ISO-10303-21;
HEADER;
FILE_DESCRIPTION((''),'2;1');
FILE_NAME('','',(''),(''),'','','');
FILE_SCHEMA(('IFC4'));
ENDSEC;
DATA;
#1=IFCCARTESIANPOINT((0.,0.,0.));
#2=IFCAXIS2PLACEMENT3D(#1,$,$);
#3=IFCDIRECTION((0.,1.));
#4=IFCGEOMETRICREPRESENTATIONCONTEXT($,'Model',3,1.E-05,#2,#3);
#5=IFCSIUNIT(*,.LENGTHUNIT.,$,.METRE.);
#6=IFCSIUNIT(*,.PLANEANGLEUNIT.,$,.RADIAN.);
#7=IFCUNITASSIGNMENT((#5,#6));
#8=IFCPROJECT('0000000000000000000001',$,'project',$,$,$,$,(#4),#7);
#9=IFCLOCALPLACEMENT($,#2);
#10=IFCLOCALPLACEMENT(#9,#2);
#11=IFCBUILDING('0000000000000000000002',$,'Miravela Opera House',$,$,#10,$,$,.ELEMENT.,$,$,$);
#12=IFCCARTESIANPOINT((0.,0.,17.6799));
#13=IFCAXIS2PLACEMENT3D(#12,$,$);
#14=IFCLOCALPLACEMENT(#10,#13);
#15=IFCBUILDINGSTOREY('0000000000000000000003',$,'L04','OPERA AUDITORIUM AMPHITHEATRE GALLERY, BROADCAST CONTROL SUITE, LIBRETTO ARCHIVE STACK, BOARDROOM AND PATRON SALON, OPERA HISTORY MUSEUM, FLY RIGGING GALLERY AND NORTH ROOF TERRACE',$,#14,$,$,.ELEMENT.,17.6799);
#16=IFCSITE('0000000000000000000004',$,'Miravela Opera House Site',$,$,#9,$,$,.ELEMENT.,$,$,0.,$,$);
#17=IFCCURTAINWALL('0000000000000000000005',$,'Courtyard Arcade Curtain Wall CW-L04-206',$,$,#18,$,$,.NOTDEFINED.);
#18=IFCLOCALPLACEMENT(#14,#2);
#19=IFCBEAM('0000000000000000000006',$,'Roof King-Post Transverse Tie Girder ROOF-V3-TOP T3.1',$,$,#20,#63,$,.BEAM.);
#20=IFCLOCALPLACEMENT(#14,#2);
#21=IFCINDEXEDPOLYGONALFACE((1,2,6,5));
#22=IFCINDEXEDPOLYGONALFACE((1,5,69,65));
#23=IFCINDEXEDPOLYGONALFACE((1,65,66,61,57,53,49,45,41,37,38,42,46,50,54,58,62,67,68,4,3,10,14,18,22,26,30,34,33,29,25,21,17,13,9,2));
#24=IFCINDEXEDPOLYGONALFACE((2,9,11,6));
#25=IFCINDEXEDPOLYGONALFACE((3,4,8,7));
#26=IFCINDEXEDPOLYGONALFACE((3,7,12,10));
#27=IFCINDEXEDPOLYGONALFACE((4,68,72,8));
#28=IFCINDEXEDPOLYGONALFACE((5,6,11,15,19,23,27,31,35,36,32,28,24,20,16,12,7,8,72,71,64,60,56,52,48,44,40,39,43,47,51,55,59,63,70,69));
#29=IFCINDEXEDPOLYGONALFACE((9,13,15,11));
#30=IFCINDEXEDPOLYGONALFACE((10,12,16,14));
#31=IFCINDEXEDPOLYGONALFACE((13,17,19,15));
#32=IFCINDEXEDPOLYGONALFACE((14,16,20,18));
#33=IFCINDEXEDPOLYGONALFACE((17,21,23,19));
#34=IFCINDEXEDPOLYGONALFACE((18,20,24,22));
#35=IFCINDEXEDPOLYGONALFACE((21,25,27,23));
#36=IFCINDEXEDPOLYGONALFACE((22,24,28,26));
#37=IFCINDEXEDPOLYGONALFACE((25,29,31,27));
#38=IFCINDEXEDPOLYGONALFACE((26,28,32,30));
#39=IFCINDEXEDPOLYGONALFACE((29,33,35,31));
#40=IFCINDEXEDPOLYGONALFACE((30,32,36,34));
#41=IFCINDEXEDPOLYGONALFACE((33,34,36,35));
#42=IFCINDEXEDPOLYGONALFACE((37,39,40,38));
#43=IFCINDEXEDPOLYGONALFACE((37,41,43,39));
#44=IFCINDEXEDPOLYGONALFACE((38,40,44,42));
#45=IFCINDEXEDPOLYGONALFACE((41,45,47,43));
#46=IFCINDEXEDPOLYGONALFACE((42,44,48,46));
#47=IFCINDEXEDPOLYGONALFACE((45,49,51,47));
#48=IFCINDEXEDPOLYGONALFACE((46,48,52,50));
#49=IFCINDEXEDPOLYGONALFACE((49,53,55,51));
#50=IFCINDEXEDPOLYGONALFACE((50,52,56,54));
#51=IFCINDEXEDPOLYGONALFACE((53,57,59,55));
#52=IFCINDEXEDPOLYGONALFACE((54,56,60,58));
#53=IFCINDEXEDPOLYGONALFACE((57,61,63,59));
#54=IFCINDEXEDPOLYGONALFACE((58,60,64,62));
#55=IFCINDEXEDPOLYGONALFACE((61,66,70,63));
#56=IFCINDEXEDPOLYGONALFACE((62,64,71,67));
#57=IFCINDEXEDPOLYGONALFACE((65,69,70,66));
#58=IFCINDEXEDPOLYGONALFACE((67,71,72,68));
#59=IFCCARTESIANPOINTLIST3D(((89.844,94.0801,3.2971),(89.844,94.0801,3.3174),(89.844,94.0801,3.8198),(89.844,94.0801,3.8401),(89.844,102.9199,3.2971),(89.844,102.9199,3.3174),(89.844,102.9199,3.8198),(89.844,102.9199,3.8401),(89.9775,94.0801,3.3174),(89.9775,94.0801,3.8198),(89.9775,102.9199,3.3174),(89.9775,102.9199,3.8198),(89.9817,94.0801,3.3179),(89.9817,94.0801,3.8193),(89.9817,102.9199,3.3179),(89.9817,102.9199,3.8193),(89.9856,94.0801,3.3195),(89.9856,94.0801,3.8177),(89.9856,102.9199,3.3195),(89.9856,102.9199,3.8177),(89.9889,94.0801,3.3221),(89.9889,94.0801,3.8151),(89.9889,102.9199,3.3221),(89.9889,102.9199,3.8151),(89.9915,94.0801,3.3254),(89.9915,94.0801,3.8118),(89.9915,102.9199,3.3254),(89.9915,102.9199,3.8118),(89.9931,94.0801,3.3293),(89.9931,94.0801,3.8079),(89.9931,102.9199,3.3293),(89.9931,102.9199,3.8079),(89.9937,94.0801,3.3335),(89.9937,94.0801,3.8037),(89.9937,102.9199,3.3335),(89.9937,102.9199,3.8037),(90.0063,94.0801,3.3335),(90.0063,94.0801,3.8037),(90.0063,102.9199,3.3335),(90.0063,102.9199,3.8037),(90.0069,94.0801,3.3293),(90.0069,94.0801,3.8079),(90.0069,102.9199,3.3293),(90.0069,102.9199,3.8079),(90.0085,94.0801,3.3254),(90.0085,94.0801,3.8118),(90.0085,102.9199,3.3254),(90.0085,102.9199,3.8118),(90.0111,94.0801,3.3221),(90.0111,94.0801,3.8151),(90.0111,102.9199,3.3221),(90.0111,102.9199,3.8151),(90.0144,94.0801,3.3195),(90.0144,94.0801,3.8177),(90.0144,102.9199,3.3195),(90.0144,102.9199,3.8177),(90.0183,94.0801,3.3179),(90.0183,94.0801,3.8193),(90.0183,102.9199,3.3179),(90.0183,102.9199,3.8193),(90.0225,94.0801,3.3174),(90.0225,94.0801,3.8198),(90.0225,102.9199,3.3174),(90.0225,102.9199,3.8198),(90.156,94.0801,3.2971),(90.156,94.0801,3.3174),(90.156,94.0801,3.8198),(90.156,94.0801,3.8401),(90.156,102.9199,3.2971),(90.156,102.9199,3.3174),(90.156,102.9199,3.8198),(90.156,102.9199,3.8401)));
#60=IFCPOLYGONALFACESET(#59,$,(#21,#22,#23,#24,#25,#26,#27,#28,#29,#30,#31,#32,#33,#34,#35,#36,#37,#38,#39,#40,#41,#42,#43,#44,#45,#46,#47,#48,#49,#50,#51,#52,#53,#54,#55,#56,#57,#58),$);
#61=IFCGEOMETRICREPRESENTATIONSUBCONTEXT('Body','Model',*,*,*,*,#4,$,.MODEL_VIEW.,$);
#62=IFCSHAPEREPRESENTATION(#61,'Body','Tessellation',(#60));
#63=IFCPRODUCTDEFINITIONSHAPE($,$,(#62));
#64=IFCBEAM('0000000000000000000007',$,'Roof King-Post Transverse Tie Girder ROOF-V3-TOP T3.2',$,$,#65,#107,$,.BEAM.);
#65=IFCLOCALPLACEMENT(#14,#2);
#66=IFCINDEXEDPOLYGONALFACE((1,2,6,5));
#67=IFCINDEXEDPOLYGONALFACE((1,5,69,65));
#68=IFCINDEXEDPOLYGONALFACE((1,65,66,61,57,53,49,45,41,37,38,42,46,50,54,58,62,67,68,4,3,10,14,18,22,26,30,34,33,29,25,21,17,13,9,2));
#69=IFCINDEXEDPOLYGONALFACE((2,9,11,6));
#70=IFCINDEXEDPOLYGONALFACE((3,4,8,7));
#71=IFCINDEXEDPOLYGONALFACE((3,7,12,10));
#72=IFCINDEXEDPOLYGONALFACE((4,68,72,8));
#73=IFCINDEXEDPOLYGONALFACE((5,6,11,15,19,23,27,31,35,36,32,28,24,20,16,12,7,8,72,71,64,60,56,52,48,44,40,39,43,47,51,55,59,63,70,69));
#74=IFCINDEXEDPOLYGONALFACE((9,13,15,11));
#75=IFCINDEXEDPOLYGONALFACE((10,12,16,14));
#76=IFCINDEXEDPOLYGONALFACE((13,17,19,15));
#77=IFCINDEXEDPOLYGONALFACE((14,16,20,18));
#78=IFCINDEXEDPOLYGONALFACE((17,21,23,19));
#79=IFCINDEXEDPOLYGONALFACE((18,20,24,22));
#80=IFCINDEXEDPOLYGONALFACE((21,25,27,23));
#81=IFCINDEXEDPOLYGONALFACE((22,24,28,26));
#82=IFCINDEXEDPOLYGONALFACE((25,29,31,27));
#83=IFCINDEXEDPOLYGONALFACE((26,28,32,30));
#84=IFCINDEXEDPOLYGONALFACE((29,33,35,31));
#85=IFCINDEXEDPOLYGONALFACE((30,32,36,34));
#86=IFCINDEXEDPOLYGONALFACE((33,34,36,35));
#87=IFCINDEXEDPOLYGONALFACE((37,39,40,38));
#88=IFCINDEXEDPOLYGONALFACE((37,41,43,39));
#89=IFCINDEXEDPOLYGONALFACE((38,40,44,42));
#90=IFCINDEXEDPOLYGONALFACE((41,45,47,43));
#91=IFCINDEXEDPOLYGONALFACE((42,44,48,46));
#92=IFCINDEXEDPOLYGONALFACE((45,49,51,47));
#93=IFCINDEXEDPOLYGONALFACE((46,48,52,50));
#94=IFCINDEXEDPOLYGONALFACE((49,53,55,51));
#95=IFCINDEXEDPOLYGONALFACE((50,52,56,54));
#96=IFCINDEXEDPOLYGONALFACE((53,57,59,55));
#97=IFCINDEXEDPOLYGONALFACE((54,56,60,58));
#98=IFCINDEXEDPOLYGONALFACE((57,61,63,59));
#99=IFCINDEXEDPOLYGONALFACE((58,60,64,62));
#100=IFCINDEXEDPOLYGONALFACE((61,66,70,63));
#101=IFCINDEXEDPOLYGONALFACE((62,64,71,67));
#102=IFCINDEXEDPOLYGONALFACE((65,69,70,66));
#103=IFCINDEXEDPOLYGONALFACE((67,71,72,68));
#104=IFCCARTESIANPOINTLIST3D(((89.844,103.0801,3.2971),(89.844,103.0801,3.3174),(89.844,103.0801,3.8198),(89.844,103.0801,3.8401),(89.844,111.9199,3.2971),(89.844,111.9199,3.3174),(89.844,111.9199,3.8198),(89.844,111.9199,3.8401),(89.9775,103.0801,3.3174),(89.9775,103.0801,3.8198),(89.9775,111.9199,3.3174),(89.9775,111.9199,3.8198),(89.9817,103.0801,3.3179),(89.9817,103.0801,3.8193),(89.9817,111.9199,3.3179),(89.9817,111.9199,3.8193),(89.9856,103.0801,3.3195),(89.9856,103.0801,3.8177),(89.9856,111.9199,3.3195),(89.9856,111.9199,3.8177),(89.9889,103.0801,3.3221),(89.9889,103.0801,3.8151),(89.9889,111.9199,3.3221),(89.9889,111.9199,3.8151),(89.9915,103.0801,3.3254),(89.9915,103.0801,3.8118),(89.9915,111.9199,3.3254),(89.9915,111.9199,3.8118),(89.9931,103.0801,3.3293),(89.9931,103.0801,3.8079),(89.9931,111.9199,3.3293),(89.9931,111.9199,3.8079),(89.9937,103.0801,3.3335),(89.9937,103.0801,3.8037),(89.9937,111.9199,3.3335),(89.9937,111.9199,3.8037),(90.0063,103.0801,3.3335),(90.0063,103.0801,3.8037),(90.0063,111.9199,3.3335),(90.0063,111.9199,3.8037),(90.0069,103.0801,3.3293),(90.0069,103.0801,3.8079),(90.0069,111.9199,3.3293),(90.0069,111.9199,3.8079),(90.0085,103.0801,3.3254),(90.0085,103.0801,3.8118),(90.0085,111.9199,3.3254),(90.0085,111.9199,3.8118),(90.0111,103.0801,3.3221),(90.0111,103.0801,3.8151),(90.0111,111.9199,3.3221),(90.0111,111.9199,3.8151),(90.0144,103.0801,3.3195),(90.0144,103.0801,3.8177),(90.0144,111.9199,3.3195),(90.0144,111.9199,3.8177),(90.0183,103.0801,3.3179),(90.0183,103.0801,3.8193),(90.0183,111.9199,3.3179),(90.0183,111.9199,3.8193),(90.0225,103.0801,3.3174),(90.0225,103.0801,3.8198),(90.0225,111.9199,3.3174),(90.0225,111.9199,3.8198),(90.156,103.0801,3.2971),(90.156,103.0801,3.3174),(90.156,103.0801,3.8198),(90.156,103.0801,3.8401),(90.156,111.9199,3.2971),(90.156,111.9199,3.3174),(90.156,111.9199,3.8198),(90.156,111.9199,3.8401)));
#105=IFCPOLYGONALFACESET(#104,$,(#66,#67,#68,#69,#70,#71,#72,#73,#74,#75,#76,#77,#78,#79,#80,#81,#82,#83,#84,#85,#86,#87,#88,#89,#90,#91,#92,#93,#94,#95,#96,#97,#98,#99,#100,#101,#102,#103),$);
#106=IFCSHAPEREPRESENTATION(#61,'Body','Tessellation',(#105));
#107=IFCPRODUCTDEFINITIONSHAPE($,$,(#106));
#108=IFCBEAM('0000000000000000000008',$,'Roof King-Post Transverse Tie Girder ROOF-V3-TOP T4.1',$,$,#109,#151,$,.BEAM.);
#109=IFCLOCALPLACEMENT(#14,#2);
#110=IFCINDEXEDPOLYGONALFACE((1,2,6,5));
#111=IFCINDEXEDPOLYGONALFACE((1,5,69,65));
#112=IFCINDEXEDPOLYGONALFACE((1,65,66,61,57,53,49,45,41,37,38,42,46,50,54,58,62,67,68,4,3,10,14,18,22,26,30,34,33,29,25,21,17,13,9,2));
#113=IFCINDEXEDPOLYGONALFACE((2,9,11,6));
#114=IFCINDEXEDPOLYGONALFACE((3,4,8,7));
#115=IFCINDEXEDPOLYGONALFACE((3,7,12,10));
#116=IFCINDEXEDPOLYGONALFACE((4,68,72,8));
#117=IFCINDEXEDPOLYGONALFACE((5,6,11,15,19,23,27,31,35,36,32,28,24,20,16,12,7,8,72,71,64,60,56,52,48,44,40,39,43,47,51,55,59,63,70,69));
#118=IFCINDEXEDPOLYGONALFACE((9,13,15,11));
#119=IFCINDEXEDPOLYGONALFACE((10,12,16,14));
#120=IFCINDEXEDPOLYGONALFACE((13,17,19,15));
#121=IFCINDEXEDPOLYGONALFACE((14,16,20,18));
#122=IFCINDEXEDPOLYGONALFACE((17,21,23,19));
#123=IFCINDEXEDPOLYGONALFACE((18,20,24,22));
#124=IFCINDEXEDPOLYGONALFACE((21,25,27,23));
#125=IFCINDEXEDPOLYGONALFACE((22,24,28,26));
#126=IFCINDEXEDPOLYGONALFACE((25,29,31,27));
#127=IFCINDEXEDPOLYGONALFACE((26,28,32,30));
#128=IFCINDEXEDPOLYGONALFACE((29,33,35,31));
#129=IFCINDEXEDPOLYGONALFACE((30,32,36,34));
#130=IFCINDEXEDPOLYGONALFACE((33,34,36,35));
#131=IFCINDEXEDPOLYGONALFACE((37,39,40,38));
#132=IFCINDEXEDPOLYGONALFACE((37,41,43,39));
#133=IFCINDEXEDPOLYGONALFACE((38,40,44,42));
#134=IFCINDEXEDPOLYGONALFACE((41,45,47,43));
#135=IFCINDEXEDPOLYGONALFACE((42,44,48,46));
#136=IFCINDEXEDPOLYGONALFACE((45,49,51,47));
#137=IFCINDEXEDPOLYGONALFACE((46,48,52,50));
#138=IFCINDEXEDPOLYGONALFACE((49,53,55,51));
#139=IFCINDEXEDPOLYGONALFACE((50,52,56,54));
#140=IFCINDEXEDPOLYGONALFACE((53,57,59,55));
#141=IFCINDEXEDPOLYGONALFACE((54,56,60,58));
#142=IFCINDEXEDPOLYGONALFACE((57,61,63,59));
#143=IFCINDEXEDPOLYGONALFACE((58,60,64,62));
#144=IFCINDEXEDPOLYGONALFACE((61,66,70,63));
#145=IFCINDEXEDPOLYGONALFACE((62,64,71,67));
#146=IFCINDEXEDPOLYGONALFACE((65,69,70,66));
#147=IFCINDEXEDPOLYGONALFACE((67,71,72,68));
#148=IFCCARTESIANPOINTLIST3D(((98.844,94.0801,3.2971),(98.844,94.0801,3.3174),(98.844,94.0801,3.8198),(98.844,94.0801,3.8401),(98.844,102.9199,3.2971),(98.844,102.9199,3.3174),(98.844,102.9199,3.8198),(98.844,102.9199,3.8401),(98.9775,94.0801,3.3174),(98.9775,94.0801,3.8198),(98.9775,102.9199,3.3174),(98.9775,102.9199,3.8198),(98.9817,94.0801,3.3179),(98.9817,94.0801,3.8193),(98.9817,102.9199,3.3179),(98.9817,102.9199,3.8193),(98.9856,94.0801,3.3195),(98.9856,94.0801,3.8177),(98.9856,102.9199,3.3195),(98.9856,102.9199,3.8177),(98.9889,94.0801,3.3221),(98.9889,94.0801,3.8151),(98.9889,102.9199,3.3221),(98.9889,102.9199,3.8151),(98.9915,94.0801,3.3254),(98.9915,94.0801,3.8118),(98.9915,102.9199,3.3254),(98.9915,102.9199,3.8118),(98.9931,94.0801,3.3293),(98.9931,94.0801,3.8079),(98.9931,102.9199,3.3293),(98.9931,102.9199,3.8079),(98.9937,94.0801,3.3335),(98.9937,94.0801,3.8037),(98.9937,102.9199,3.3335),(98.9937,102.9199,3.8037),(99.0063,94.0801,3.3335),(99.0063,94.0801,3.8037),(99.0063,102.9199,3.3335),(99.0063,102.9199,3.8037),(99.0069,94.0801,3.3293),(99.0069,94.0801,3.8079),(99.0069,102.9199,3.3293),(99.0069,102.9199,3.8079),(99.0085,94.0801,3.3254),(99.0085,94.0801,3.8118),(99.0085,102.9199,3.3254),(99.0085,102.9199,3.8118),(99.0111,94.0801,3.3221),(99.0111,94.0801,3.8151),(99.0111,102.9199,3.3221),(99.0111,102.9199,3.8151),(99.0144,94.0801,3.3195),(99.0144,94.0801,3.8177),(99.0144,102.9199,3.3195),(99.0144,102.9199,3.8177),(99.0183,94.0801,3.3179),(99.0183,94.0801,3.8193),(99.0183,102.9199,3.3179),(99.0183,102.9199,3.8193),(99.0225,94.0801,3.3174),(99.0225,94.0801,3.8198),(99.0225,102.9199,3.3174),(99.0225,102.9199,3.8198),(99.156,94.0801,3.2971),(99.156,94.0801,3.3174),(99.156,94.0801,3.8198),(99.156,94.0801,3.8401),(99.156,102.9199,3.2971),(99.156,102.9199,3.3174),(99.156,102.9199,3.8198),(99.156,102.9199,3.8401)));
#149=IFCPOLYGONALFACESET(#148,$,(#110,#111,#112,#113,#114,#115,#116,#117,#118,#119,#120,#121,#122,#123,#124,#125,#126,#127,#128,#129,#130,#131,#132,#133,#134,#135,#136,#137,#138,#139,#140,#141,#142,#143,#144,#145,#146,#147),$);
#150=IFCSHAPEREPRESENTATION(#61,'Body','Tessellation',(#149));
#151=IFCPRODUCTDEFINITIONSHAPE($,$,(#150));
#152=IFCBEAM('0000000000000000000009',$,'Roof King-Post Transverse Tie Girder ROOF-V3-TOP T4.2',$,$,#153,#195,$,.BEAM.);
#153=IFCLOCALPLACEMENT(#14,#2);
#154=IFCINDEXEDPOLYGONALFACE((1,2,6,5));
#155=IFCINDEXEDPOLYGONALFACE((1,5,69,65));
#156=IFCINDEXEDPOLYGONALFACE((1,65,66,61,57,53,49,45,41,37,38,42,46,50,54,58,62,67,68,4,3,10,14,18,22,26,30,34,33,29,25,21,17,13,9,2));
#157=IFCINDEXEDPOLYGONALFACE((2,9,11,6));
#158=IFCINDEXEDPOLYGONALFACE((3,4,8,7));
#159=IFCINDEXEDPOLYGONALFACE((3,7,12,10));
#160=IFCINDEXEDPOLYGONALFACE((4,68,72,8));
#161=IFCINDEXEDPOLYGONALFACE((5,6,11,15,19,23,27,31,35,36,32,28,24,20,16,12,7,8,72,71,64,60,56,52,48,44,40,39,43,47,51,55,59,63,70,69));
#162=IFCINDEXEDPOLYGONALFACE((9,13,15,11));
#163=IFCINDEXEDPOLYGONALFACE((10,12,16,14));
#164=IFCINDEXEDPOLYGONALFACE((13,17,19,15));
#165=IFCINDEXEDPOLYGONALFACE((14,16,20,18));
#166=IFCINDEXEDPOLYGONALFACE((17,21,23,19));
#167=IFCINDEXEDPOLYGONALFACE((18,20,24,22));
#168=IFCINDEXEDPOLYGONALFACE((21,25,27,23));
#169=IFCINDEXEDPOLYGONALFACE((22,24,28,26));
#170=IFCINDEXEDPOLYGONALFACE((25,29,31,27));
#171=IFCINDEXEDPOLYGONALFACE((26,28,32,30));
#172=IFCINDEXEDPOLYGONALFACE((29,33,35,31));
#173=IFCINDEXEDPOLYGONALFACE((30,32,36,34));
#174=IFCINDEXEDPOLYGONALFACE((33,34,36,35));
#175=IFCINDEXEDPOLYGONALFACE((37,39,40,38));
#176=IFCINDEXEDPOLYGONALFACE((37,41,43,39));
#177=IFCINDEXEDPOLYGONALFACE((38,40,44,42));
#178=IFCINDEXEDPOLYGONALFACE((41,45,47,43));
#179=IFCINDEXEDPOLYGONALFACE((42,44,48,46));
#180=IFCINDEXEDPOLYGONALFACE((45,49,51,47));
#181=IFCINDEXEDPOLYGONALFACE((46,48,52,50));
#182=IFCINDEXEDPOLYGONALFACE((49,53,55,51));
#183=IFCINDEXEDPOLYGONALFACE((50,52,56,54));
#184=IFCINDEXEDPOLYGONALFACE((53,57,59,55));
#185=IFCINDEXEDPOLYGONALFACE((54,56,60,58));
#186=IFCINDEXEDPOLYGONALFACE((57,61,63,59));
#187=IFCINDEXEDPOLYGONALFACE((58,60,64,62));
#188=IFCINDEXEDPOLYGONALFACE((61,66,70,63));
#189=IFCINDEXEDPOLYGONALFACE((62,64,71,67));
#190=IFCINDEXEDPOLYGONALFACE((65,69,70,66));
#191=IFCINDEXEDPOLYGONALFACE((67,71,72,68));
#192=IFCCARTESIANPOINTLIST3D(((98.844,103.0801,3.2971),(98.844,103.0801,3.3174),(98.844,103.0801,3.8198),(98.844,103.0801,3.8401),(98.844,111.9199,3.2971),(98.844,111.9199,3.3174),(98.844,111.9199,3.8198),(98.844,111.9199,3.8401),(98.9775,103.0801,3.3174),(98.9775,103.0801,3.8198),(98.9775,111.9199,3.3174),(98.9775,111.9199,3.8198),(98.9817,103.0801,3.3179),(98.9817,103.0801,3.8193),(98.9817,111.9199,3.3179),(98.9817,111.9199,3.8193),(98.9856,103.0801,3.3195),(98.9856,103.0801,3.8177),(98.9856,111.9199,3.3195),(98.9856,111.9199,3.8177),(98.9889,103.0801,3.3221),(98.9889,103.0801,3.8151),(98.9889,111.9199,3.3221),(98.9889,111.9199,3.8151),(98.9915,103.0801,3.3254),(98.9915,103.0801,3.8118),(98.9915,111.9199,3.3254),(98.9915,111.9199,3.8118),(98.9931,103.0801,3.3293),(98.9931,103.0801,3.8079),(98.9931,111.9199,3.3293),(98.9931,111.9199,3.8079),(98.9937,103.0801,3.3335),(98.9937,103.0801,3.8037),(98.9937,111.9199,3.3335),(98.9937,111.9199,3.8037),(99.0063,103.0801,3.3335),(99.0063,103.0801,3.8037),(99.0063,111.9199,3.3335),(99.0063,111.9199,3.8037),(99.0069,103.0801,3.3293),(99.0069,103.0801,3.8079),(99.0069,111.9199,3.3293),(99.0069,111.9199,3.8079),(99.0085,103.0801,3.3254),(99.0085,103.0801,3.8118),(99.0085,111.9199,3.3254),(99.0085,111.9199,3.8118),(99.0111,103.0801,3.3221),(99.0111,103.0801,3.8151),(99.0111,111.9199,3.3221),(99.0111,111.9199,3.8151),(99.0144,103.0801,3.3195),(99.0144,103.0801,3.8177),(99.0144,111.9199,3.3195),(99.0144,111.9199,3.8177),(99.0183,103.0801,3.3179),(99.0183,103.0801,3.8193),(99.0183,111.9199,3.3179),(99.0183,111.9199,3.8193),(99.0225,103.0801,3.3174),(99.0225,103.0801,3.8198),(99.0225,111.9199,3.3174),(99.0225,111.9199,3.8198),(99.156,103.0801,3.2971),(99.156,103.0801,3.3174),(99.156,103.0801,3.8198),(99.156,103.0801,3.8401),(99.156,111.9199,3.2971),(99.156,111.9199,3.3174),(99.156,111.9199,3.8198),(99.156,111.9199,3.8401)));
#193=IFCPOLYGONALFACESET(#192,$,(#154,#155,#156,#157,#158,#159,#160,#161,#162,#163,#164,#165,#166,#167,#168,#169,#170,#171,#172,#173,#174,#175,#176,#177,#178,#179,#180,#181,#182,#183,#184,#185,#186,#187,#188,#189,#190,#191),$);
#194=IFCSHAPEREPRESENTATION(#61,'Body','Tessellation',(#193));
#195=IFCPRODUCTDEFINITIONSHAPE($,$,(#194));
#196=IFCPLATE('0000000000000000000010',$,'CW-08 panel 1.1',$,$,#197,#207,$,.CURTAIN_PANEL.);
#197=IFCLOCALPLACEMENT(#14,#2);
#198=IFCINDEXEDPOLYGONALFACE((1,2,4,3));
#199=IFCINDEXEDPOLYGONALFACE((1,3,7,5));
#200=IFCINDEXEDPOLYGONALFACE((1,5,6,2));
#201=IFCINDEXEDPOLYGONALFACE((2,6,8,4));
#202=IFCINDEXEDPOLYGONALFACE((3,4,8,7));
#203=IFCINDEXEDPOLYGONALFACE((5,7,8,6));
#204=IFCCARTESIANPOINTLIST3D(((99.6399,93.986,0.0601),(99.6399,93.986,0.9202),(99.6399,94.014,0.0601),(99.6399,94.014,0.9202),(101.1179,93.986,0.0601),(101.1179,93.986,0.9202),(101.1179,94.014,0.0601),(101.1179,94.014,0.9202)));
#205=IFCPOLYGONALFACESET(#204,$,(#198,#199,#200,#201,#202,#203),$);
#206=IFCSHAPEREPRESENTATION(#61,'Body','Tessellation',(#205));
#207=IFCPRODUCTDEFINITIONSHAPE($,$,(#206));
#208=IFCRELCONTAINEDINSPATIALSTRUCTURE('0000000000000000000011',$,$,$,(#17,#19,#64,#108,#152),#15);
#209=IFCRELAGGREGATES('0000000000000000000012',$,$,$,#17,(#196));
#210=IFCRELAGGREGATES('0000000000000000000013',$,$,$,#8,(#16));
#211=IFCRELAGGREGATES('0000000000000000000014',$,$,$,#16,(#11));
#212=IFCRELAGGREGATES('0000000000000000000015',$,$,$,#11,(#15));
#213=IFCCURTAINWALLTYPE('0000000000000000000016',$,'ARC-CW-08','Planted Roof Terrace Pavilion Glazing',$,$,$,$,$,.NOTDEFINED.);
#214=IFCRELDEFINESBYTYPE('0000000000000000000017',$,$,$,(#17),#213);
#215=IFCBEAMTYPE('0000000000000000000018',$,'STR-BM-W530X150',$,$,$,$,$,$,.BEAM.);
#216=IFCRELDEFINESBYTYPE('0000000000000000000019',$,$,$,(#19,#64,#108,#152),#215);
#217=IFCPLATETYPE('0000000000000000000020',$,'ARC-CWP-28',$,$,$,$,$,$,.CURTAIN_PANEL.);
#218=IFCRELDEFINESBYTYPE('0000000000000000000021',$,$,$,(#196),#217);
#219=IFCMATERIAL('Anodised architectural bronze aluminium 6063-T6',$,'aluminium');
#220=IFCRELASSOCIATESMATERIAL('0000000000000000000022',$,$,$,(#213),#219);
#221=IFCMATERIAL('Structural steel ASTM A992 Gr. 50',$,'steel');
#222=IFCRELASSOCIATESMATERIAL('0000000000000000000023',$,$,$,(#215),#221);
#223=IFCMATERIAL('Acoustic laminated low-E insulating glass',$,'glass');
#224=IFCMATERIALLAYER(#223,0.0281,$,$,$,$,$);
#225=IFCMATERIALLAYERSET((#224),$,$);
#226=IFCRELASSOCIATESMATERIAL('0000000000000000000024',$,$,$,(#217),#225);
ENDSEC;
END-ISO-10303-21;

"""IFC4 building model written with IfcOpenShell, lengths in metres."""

from ifc_helpers import new_model, si_unit, direction, frame, origin, origin_2d, place, context, subcontext, project, spatial, rectangle, i_section, extrude, material, layer, layer_set, material_profile, profile_set, type_object, element, aggregate, save


model = new_model("IFC4")

# Units and contexts
model_context = context("Model", 3, precision=1e-05, world=origin(), true_north=direction((0.0, 1.0)))
body_context = subcontext(model_context, "Body", "Model", "MODEL_VIEW")
ifc_project = project(units=[si_unit("LENGTHUNIT", "METRE"), si_unit("PLANEANGLEUNIT", "RADIAN")], contexts=[model_context])

# Site, building, storey
site_placement = place(None, origin())
site = spatial("IfcSite", under=ifc_project, at=site_placement, Name="Miravela Opera House Site", CompositionType="ELEMENT", RefElevation=0.0)
building_placement = place(site_placement, origin())
building = spatial("IfcBuilding", under=site, at=building_placement, Name="Miravela Opera House", CompositionType="ELEMENT")
storey_placement = place(building_placement, frame((0.0, 0.0, 17.6799)))
storey = spatial("IfcBuildingStorey", under=building, at=storey_placement, Name="L04", Description="OPERA AUDITORIUM AMPHITHEATRE GALLERY, BROADCAST CONTROL SUITE, LIBRETTO ARCHIVE STACK, BOARDROOM AND PATRON SALON, OPERA HISTORY MUSEUM, FLY RIGGING GALLERY AND NORTH ROOF TERRACE", CompositionType="ELEMENT", Elevation=17.6799)

# Curtain wall
ifc_material_1 = material(Name="Anodised architectural bronze aluminium 6063-T6", Category="aluminium")
curtain_wall_type = type_object("IfcCurtainWallType", Name="ARC-CW-08", Description="Planted Roof Terrace Pavilion Glazing", PredefinedType="NOTDEFINED", material=ifc_material_1)
curtain_wall_placement = place(storey_placement, origin())
curtain_wall = element("IfcCurtainWall", 1, at=curtain_wall_placement, inside=storey, type_object=curtain_wall_type, Name="Courtyard Arcade Curtain Wall CW-L04-206", PredefinedType="NOTDEFINED")

# Beams
ifc_material_2 = material(Name="Structural steel ASTM A992 Gr. 50", Category="steel")
ifc_material_profile_1 = material_profile(ifc_material_2, i_section(OverallWidth=0.312, OverallDepth=0.543, WebThickness=0.0127, FlangeThickness=0.0203, FilletRadius=0.0161, at=origin_2d()), Name="W530X150")
ifc_profile_set_1 = profile_set([ifc_material_profile_1])
beam_type = type_object("IfcBeamType", Name="STR-BM-W530X150", PredefinedType="BEAM", material=ifc_profile_set_1)
for number, where, z_axis, x_axis, name in (
    (2, (90.0, 94.0801, 3.5686), (0.0, 1.0, 0.0), (-1.0, 0.0, 0.0), "Roof King-Post Transverse Tie Girder ROOF-V3-TOP T3.1"),
    (3, (90.0, 103.0801, 3.5686), (0.0, 1.0, 0.0), (-1.0, 0.0, 0.0), "Roof King-Post Transverse Tie Girder ROOF-V3-TOP T3.2"),
    (4, (99.0, 94.0801, 3.5686), (0.0, 1.0, 0.0), (-1.0, 0.0, 0.0), "Roof King-Post Transverse Tie Girder ROOF-V3-TOP T4.1"),
    (5, (99.0, 103.0801, 3.5686), (0.0, 1.0, 0.0), (-1.0, 0.0, 0.0), "Roof King-Post Transverse Tie Girder ROOF-V3-TOP T4.2"),
):
    element("IfcBeam", number, at=place(storey_placement, frame(where, z_axis=z_axis, x_axis=x_axis)), inside=storey, type_object=beam_type, Name=name, PredefinedType="BEAM", context=body_context, shape_type="SweptSolid", body=[
        extrude(i_section(OverallWidth=0.312, OverallDepth=0.543, WebThickness=0.0127, FlangeThickness=0.0203, FilletRadius=0.0161, at=origin_2d()), origin(), (0.0, 0.0, 1.0), 8.8398),
    ])

# Plate
ifc_material_3 = material(Name="Acoustic laminated low-E insulating glass", Category="glass")
ifc_layer_1 = layer(ifc_material_3, 0.0281)
ifc_layer_set_1 = layer_set([ifc_layer_1])
plate_type = type_object("IfcPlateType", Name="ARC-CWP-28", PredefinedType="CURTAIN_PANEL", material=ifc_layer_set_1)
plate_1_placement = place(storey_placement, frame((100.3789, 94.0, 0.0601), z_axis=(0.0, 0.0, 1.0), x_axis=(1.0, 0.0, 0.0)))
plate_1 = element("IfcPlate", 6, at=plate_1_placement, type_object=plate_type, Name="CW-08 panel 1.1", PredefinedType="CURTAIN_PANEL", context=body_context, shape_type="SweptSolid", body=[
    extrude(rectangle(XDim=1.478, YDim=0.0281, at=origin_2d()), origin(), (0.0, 0.0, 1.0), 0.8601),
])
aggregate(curtain_wall, [plate_1])

save(model, "model.ifc")
